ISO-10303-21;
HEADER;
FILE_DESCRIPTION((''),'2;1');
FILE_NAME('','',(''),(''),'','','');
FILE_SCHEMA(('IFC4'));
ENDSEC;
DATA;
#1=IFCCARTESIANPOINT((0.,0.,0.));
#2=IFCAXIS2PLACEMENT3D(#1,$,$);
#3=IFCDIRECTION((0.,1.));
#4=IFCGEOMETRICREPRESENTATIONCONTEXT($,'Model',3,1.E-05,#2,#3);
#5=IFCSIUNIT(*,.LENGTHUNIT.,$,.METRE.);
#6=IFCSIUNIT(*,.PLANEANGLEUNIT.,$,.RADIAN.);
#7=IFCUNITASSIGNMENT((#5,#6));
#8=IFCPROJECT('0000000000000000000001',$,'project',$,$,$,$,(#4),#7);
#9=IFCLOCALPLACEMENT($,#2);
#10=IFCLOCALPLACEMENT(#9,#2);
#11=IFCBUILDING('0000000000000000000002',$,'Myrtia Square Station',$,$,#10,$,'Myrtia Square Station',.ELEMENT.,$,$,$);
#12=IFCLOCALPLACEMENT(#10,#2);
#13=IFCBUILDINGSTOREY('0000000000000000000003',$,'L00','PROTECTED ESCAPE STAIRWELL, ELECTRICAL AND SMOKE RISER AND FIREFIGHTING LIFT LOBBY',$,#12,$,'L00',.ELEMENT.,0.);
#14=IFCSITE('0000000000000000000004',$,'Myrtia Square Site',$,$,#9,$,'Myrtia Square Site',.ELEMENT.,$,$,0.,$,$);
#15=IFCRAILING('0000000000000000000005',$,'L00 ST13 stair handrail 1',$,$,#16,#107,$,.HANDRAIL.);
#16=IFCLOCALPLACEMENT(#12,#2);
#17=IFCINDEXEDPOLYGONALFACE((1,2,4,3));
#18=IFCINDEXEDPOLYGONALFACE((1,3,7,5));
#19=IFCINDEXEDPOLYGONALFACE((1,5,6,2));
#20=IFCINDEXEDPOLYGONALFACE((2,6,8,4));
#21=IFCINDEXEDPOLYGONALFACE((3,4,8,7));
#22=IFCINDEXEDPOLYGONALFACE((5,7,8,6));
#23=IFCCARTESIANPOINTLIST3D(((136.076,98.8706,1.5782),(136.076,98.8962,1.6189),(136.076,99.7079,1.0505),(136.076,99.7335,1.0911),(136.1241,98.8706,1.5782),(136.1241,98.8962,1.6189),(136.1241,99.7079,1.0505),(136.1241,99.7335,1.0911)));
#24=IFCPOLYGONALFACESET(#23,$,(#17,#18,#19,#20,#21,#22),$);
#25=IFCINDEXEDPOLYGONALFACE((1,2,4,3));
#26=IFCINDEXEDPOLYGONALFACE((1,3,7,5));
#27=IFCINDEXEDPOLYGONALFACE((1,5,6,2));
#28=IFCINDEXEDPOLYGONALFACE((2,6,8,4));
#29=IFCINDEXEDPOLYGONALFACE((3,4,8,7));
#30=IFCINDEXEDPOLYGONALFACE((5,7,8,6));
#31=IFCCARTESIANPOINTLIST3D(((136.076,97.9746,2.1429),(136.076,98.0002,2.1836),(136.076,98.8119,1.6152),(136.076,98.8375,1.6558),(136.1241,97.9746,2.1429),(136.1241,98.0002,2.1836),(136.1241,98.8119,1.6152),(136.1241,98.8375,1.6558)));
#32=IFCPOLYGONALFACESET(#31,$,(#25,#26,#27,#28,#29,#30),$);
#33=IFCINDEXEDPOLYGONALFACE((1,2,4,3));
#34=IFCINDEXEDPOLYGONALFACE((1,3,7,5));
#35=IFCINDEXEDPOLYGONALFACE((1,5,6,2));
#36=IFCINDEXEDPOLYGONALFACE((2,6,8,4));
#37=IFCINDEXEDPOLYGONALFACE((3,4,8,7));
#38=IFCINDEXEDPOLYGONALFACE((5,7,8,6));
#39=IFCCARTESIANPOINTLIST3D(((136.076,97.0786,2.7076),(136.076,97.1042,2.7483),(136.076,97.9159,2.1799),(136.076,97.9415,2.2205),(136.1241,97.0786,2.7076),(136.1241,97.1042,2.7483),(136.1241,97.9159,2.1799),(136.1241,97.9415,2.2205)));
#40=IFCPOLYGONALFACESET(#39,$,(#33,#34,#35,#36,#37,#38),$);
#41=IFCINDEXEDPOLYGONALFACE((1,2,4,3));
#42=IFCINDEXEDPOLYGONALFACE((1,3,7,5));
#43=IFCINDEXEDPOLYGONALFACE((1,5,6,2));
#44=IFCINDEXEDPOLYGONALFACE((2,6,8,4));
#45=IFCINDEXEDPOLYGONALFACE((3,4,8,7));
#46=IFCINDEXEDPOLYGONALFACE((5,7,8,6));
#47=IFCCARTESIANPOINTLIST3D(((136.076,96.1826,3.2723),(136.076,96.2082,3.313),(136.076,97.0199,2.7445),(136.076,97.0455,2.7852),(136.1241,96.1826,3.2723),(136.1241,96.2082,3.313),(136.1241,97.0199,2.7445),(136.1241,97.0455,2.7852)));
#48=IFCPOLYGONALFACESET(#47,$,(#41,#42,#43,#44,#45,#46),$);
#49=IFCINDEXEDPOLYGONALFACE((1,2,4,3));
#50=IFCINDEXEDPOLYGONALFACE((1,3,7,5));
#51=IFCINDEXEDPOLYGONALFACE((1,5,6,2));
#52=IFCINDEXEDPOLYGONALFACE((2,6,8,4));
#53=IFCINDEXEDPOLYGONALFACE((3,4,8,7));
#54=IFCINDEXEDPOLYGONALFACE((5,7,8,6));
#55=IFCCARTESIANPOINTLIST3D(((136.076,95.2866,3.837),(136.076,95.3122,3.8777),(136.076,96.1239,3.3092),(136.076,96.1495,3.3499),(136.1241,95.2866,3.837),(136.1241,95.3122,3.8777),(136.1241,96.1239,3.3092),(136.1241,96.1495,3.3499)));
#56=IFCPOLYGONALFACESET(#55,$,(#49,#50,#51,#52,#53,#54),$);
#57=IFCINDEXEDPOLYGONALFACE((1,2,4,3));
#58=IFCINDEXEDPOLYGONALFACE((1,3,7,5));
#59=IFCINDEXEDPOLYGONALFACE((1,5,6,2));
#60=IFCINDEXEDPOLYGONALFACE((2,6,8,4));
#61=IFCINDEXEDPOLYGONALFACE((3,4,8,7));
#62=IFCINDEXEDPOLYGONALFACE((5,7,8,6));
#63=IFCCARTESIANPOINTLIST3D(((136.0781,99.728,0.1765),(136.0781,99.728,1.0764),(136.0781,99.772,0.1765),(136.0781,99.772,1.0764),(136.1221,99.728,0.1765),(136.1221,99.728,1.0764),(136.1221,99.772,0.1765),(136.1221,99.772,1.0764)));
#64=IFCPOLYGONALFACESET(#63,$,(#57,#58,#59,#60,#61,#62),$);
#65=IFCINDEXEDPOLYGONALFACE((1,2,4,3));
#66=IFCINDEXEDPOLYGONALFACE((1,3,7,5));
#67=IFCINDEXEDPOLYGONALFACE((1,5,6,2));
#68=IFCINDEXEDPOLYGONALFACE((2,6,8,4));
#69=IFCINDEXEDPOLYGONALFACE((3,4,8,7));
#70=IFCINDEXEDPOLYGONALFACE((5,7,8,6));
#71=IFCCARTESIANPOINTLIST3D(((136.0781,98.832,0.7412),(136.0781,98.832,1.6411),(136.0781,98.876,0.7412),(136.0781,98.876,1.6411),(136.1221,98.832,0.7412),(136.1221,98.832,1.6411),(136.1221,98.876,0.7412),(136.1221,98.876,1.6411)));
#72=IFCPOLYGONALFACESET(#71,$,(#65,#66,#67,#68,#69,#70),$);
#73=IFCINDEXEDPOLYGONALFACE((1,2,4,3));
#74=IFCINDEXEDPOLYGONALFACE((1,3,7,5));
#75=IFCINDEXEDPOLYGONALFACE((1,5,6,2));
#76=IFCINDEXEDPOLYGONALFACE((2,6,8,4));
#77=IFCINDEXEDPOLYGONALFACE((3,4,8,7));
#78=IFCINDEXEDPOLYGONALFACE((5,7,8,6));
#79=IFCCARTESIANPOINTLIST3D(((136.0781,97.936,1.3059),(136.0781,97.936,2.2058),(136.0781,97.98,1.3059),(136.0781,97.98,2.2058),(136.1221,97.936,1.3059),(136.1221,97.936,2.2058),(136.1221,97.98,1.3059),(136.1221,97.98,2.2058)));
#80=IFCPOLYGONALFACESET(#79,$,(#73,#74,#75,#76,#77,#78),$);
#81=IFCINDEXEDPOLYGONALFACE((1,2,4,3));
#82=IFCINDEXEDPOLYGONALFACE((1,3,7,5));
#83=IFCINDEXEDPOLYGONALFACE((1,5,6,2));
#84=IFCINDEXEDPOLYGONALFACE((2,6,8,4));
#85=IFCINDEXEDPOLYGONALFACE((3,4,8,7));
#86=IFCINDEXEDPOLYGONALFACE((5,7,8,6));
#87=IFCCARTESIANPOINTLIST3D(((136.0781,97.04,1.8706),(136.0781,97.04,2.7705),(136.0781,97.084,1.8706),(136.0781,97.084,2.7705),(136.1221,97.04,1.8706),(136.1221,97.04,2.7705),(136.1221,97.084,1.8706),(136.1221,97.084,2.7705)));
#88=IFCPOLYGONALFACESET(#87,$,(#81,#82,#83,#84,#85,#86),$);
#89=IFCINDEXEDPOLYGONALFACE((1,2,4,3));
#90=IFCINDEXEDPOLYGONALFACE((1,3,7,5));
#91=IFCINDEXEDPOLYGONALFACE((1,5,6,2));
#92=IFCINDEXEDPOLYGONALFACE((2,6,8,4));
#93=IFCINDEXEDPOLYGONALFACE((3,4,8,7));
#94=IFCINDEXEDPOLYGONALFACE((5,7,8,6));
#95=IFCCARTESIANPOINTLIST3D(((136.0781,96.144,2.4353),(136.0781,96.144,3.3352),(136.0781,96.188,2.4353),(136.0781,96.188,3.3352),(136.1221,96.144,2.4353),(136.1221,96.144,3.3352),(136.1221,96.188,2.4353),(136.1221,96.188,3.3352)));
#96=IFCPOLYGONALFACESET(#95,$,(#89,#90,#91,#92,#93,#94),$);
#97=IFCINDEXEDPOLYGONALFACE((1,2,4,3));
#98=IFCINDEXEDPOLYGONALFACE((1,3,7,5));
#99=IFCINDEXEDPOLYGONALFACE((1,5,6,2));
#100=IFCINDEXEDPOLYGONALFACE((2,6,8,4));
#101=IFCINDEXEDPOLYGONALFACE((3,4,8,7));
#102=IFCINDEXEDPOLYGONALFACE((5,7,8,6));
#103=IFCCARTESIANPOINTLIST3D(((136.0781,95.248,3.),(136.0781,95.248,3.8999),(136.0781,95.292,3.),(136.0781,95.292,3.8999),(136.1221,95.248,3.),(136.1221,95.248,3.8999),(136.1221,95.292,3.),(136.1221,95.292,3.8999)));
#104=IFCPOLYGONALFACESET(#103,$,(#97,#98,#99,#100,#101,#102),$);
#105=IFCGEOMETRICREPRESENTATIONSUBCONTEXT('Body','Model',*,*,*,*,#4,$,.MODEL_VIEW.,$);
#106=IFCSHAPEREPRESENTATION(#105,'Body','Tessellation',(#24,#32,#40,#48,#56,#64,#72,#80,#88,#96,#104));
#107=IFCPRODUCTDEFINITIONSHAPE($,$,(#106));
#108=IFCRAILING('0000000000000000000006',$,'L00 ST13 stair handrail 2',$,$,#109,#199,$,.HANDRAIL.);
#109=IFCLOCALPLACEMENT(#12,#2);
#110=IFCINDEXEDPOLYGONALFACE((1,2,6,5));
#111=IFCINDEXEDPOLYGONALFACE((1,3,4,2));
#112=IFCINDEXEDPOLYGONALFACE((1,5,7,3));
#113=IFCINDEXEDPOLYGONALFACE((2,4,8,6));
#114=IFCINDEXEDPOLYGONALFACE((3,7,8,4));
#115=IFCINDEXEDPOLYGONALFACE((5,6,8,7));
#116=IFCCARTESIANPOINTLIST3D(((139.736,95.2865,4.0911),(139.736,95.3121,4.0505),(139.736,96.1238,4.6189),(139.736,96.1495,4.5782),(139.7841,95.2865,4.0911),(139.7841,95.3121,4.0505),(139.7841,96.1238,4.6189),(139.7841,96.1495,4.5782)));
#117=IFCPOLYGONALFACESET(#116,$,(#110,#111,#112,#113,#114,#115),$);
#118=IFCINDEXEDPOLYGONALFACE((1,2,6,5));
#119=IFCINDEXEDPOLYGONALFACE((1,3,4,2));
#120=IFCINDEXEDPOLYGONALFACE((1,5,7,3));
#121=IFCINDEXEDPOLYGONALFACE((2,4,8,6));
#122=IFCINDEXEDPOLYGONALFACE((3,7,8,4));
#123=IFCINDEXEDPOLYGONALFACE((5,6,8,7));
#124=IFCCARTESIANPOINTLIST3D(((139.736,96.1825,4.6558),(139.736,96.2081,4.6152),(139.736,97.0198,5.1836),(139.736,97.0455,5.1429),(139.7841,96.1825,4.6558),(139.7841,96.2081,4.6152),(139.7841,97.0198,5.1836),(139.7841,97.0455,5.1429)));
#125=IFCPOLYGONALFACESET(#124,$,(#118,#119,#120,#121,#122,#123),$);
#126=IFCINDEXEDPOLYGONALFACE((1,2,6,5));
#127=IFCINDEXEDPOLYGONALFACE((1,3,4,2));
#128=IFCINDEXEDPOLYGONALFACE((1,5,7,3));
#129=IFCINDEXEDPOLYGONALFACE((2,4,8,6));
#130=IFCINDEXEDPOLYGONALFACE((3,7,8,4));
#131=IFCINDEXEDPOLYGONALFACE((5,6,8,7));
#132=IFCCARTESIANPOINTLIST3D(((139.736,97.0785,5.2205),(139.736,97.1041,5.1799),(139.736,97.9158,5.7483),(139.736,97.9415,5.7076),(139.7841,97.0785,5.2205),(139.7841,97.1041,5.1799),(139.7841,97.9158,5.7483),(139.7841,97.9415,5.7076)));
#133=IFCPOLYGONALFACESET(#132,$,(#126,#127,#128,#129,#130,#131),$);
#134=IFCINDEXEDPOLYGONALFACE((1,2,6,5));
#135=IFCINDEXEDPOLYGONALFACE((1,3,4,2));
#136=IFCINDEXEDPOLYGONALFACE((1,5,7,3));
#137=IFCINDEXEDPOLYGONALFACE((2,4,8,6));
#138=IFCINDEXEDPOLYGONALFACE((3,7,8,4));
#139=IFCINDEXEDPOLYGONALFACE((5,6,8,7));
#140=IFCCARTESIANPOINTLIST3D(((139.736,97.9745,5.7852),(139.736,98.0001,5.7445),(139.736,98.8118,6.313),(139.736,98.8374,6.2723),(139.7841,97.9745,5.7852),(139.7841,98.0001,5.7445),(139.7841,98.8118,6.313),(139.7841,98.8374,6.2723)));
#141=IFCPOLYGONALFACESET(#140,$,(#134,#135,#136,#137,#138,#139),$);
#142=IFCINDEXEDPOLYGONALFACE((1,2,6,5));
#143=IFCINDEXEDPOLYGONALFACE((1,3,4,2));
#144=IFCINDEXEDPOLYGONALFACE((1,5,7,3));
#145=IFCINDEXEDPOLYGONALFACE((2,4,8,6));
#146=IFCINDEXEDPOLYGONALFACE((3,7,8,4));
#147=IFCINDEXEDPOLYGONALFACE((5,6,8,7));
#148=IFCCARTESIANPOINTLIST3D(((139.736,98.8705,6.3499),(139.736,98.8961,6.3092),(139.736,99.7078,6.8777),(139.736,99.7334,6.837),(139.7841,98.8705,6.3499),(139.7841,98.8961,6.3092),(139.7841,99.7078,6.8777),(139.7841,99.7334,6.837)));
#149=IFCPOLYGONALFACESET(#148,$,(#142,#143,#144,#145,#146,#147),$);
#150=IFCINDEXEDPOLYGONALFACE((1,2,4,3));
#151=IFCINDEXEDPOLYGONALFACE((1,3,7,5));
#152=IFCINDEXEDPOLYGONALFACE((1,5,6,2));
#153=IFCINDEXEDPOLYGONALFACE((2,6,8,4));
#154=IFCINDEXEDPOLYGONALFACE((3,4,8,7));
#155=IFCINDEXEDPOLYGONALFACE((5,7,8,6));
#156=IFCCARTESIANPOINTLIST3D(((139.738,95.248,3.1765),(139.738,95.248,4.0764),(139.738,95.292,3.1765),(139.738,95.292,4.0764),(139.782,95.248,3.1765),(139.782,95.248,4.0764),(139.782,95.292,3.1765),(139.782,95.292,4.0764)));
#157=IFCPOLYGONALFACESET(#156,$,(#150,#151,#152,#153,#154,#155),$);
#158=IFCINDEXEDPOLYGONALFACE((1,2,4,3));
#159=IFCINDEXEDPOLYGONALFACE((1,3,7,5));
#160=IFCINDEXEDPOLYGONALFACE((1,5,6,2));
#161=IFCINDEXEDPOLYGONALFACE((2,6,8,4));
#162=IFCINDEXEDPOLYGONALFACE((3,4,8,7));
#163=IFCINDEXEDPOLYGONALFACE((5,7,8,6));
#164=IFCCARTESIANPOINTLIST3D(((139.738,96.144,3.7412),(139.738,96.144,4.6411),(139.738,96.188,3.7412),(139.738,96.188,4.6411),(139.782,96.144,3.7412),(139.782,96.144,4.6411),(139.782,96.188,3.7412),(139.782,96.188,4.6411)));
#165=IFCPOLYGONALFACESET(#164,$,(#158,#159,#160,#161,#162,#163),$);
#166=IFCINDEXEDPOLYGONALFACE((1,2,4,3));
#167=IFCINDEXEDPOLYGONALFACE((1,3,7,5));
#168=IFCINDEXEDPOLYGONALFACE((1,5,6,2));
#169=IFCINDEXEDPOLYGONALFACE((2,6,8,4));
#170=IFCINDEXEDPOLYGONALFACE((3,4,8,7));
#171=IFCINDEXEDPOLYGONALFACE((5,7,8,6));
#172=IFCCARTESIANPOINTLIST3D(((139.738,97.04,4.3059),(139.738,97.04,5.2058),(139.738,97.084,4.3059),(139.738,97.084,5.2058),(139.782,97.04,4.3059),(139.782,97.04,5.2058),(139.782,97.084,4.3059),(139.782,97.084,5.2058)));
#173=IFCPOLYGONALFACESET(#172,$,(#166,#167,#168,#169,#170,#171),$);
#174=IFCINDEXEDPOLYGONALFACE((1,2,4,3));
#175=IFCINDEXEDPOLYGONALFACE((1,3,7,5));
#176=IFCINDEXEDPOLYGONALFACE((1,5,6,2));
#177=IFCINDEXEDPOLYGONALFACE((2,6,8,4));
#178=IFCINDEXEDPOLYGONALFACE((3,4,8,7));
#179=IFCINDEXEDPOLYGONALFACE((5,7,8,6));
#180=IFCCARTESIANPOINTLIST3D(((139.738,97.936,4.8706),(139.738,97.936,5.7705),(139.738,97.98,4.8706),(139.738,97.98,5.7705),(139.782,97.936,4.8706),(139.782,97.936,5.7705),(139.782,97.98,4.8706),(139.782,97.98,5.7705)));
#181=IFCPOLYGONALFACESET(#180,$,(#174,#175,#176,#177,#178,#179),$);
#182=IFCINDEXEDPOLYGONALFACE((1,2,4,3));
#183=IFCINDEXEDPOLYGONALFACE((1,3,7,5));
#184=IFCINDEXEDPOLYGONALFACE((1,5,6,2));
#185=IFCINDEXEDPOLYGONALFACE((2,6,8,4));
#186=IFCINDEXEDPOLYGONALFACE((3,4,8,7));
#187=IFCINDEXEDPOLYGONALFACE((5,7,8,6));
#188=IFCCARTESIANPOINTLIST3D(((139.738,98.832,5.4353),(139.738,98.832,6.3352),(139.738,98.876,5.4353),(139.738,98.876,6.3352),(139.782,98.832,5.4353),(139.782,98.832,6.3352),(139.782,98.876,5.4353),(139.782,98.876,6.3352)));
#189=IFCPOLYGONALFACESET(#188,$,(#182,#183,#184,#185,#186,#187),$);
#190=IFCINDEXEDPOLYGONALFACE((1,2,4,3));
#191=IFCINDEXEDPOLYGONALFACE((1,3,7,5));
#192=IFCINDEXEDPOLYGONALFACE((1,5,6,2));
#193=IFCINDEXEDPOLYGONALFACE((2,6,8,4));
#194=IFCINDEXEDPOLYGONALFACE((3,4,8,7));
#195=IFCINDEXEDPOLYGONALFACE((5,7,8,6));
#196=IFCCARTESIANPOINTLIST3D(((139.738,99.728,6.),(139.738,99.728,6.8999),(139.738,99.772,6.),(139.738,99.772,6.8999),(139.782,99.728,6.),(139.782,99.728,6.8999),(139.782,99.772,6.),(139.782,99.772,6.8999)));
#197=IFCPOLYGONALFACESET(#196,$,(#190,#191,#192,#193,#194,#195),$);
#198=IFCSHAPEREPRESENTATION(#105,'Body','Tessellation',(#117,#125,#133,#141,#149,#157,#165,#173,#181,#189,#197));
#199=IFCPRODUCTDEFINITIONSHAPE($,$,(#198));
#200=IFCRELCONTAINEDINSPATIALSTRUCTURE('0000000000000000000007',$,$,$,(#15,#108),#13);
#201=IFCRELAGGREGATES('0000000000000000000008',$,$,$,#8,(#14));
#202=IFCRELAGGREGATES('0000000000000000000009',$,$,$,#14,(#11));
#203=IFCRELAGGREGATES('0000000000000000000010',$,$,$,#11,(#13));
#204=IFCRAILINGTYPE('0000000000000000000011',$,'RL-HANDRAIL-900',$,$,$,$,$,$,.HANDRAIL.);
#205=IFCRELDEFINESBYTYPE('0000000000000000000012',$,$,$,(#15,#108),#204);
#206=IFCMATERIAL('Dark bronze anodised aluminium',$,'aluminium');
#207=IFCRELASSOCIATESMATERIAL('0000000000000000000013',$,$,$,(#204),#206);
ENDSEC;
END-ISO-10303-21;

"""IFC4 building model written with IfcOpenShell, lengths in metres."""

from ifc_helpers import new_model, si_unit, direction, frame, origin, origin_2d, place, context, subcontext, project, spatial, rectangle, extrude, material, type_object, element, save


model = new_model("IFC4")

# Units and contexts
model_context = context("Model", 3, precision=1e-05, world=origin(), true_north=direction((0.0, 1.0)))
body_context = subcontext(model_context, "Body", "Model", "MODEL_VIEW")
ifc_project = project(units=[si_unit("LENGTHUNIT", "METRE"), si_unit("PLANEANGLEUNIT", "RADIAN")], contexts=[model_context])

# Site, building, storey
site_placement = place(None, origin())
site = spatial("IfcSite", under=ifc_project, at=site_placement, Name="Myrtia Square Site", LongName="Myrtia Square Site", CompositionType="ELEMENT", RefElevation=0.0)
building_placement = place(site_placement, origin())
building = spatial("IfcBuilding", under=site, at=building_placement, Name="Myrtia Square Station", LongName="Myrtia Square Station", CompositionType="ELEMENT")
storey_placement = place(building_placement, origin())
storey = spatial("IfcBuildingStorey", under=building, at=storey_placement, Name="L00", Description="PROTECTED ESCAPE STAIRWELL, ELECTRICAL AND SMOKE RISER AND FIREFIGHTING LIFT LOBBY", LongName="L00", CompositionType="ELEMENT", Elevation=0.0)

# Shared definitions
ifc_material_1 = material(Name="Dark bronze anodised aluminium", Category="aluminium")

# Railings
railing_type_1 = type_object("IfcRailingType", Name="RL-HANDRAIL-900", PredefinedType="HANDRAIL", material=ifc_material_1)
railing_1_placement = place(storey_placement, frame((136.1001, 99.75, 0.1765)))
element("IfcRailing", 1, at=railing_1_placement, inside=storey, type_object=railing_type_1, Name="L00 ST13 stair handrail 1", PredefinedType="HANDRAIL", context=body_context, shape_type="SweptSolid", body=[
    extrude(rectangle(XDim=0.0481, YDim=0.0481, at=origin_2d()), frame((0.0, -0.0293, 0.8943), z_axis=(0.0, -0.845998, 0.533186), x_axis=(1.0, 0.0, 0.0)), (0.0, 0.0, 1.0), 0.9897),
    extrude(rectangle(XDim=0.0481, YDim=0.0481, at=origin_2d()), frame((0.0, -0.9253, 1.459), z_axis=(0.0, -0.845998, 0.533186), x_axis=(1.0, 0.0, 0.0)), (0.0, 0.0, 1.0), 0.9897),
    extrude(rectangle(XDim=0.0481, YDim=0.0481, at=origin_2d()), frame((0.0, -1.8213, 2.0237), z_axis=(0.0, -0.845998, 0.533186), x_axis=(1.0, 0.0, 0.0)), (0.0, 0.0, 1.0), 0.9897),
    extrude(rectangle(XDim=0.0481, YDim=0.0481, at=origin_2d()), frame((0.0, -2.7173, 2.5884), z_axis=(0.0, -0.845998, 0.533186), x_axis=(1.0, 0.0, 0.0)), (0.0, 0.0, 1.0), 0.9897),
    extrude(rectangle(XDim=0.0481, YDim=0.0481, at=origin_2d()), frame((0.0, -3.6133, 3.1531), z_axis=(0.0, -0.845998, 0.533186), x_axis=(1.0, 0.0, 0.0)), (0.0, 0.0, 1.0), 0.9897),
    extrude(rectangle(XDim=0.0439, YDim=0.0439, at=origin_2d()), origin(), (0.0, 0.0, 1.0), 0.8999),
    extrude(rectangle(XDim=0.0439, YDim=0.0439, at=origin_2d()), frame((0.0, -0.896, 0.5647)), (0.0, 0.0, 1.0), 0.8999),
    extrude(rectangle(XDim=0.0439, YDim=0.0439, at=origin_2d()), frame((0.0, -1.792, 1.1294)), (0.0, 0.0, 1.0), 0.8999),
    extrude(rectangle(XDim=0.0439, YDim=0.0439, at=origin_2d()), frame((0.0, -2.688, 1.6941)), (0.0, 0.0, 1.0), 0.8999),
    extrude(rectangle(XDim=0.0439, YDim=0.0439, at=origin_2d()), frame((0.0, -3.584, 2.2588)), (0.0, 0.0, 1.0), 0.8999),
    extrude(rectangle(XDim=0.0439, YDim=0.0439, at=origin_2d()), frame((0.0, -4.48, 2.8235)), (0.0, 0.0, 1.0), 0.8999),
])
railing_2_placement = place(storey_placement, frame((139.76, 95.27, 3.1765)))
element("IfcRailing", 2, at=railing_2_placement, inside=storey, type_object=railing_type_1, Name="L00 ST13 stair handrail 2", PredefinedType="HANDRAIL", context=body_context, shape_type="SweptSolid", body=[
    extrude(rectangle(XDim=0.0481, YDim=0.0481, at=origin_2d()), frame((0.0, 0.0293, 0.8943), z_axis=(0.0, 0.845998, 0.533186), x_axis=(-1.0, 0.0, 0.0)), (0.0, 0.0, 1.0), 0.9897),
    extrude(rectangle(XDim=0.0481, YDim=0.0481, at=origin_2d()), frame((0.0, 0.9253, 1.459), z_axis=(0.0, 0.845998, 0.533186), x_axis=(-1.0, 0.0, 0.0)), (0.0, 0.0, 1.0), 0.9897),
    extrude(rectangle(XDim=0.0481, YDim=0.0481, at=origin_2d()), frame((0.0, 1.8213, 2.0237), z_axis=(0.0, 0.845998, 0.533186), x_axis=(-1.0, 0.0, 0.0)), (0.0, 0.0, 1.0), 0.9897),
    extrude(rectangle(XDim=0.0481, YDim=0.0481, at=origin_2d()), frame((0.0, 2.7173, 2.5884), z_axis=(0.0, 0.845998, 0.533186), x_axis=(-1.0, 0.0, 0.0)), (0.0, 0.0, 1.0), 0.9897),
    extrude(rectangle(XDim=0.0481, YDim=0.0481, at=origin_2d()), frame((0.0, 3.6133, 3.1531), z_axis=(0.0, 0.845998, 0.533186), x_axis=(-1.0, 0.0, 0.0)), (0.0, 0.0, 1.0), 0.9897),
    extrude(rectangle(XDim=0.0439, YDim=0.0439, at=origin_2d()), origin(), (0.0, 0.0, 1.0), 0.8999),
    extrude(rectangle(XDim=0.0439, YDim=0.0439, at=origin_2d()), frame((0.0, 0.896, 0.5647)), (0.0, 0.0, 1.0), 0.8999),
    extrude(rectangle(XDim=0.0439, YDim=0.0439, at=origin_2d()), frame((0.0, 1.792, 1.1294)), (0.0, 0.0, 1.0), 0.8999),
    extrude(rectangle(XDim=0.0439, YDim=0.0439, at=origin_2d()), frame((0.0, 2.688, 1.6941)), (0.0, 0.0, 1.0), 0.8999),
    extrude(rectangle(XDim=0.0439, YDim=0.0439, at=origin_2d()), frame((0.0, 3.584, 2.2588)), (0.0, 0.0, 1.0), 0.8999),
    extrude(rectangle(XDim=0.0439, YDim=0.0439, at=origin_2d()), frame((0.0, 4.48, 2.8235)), (0.0, 0.0, 1.0), 0.8999),
])

save(model, "model.ifc")
